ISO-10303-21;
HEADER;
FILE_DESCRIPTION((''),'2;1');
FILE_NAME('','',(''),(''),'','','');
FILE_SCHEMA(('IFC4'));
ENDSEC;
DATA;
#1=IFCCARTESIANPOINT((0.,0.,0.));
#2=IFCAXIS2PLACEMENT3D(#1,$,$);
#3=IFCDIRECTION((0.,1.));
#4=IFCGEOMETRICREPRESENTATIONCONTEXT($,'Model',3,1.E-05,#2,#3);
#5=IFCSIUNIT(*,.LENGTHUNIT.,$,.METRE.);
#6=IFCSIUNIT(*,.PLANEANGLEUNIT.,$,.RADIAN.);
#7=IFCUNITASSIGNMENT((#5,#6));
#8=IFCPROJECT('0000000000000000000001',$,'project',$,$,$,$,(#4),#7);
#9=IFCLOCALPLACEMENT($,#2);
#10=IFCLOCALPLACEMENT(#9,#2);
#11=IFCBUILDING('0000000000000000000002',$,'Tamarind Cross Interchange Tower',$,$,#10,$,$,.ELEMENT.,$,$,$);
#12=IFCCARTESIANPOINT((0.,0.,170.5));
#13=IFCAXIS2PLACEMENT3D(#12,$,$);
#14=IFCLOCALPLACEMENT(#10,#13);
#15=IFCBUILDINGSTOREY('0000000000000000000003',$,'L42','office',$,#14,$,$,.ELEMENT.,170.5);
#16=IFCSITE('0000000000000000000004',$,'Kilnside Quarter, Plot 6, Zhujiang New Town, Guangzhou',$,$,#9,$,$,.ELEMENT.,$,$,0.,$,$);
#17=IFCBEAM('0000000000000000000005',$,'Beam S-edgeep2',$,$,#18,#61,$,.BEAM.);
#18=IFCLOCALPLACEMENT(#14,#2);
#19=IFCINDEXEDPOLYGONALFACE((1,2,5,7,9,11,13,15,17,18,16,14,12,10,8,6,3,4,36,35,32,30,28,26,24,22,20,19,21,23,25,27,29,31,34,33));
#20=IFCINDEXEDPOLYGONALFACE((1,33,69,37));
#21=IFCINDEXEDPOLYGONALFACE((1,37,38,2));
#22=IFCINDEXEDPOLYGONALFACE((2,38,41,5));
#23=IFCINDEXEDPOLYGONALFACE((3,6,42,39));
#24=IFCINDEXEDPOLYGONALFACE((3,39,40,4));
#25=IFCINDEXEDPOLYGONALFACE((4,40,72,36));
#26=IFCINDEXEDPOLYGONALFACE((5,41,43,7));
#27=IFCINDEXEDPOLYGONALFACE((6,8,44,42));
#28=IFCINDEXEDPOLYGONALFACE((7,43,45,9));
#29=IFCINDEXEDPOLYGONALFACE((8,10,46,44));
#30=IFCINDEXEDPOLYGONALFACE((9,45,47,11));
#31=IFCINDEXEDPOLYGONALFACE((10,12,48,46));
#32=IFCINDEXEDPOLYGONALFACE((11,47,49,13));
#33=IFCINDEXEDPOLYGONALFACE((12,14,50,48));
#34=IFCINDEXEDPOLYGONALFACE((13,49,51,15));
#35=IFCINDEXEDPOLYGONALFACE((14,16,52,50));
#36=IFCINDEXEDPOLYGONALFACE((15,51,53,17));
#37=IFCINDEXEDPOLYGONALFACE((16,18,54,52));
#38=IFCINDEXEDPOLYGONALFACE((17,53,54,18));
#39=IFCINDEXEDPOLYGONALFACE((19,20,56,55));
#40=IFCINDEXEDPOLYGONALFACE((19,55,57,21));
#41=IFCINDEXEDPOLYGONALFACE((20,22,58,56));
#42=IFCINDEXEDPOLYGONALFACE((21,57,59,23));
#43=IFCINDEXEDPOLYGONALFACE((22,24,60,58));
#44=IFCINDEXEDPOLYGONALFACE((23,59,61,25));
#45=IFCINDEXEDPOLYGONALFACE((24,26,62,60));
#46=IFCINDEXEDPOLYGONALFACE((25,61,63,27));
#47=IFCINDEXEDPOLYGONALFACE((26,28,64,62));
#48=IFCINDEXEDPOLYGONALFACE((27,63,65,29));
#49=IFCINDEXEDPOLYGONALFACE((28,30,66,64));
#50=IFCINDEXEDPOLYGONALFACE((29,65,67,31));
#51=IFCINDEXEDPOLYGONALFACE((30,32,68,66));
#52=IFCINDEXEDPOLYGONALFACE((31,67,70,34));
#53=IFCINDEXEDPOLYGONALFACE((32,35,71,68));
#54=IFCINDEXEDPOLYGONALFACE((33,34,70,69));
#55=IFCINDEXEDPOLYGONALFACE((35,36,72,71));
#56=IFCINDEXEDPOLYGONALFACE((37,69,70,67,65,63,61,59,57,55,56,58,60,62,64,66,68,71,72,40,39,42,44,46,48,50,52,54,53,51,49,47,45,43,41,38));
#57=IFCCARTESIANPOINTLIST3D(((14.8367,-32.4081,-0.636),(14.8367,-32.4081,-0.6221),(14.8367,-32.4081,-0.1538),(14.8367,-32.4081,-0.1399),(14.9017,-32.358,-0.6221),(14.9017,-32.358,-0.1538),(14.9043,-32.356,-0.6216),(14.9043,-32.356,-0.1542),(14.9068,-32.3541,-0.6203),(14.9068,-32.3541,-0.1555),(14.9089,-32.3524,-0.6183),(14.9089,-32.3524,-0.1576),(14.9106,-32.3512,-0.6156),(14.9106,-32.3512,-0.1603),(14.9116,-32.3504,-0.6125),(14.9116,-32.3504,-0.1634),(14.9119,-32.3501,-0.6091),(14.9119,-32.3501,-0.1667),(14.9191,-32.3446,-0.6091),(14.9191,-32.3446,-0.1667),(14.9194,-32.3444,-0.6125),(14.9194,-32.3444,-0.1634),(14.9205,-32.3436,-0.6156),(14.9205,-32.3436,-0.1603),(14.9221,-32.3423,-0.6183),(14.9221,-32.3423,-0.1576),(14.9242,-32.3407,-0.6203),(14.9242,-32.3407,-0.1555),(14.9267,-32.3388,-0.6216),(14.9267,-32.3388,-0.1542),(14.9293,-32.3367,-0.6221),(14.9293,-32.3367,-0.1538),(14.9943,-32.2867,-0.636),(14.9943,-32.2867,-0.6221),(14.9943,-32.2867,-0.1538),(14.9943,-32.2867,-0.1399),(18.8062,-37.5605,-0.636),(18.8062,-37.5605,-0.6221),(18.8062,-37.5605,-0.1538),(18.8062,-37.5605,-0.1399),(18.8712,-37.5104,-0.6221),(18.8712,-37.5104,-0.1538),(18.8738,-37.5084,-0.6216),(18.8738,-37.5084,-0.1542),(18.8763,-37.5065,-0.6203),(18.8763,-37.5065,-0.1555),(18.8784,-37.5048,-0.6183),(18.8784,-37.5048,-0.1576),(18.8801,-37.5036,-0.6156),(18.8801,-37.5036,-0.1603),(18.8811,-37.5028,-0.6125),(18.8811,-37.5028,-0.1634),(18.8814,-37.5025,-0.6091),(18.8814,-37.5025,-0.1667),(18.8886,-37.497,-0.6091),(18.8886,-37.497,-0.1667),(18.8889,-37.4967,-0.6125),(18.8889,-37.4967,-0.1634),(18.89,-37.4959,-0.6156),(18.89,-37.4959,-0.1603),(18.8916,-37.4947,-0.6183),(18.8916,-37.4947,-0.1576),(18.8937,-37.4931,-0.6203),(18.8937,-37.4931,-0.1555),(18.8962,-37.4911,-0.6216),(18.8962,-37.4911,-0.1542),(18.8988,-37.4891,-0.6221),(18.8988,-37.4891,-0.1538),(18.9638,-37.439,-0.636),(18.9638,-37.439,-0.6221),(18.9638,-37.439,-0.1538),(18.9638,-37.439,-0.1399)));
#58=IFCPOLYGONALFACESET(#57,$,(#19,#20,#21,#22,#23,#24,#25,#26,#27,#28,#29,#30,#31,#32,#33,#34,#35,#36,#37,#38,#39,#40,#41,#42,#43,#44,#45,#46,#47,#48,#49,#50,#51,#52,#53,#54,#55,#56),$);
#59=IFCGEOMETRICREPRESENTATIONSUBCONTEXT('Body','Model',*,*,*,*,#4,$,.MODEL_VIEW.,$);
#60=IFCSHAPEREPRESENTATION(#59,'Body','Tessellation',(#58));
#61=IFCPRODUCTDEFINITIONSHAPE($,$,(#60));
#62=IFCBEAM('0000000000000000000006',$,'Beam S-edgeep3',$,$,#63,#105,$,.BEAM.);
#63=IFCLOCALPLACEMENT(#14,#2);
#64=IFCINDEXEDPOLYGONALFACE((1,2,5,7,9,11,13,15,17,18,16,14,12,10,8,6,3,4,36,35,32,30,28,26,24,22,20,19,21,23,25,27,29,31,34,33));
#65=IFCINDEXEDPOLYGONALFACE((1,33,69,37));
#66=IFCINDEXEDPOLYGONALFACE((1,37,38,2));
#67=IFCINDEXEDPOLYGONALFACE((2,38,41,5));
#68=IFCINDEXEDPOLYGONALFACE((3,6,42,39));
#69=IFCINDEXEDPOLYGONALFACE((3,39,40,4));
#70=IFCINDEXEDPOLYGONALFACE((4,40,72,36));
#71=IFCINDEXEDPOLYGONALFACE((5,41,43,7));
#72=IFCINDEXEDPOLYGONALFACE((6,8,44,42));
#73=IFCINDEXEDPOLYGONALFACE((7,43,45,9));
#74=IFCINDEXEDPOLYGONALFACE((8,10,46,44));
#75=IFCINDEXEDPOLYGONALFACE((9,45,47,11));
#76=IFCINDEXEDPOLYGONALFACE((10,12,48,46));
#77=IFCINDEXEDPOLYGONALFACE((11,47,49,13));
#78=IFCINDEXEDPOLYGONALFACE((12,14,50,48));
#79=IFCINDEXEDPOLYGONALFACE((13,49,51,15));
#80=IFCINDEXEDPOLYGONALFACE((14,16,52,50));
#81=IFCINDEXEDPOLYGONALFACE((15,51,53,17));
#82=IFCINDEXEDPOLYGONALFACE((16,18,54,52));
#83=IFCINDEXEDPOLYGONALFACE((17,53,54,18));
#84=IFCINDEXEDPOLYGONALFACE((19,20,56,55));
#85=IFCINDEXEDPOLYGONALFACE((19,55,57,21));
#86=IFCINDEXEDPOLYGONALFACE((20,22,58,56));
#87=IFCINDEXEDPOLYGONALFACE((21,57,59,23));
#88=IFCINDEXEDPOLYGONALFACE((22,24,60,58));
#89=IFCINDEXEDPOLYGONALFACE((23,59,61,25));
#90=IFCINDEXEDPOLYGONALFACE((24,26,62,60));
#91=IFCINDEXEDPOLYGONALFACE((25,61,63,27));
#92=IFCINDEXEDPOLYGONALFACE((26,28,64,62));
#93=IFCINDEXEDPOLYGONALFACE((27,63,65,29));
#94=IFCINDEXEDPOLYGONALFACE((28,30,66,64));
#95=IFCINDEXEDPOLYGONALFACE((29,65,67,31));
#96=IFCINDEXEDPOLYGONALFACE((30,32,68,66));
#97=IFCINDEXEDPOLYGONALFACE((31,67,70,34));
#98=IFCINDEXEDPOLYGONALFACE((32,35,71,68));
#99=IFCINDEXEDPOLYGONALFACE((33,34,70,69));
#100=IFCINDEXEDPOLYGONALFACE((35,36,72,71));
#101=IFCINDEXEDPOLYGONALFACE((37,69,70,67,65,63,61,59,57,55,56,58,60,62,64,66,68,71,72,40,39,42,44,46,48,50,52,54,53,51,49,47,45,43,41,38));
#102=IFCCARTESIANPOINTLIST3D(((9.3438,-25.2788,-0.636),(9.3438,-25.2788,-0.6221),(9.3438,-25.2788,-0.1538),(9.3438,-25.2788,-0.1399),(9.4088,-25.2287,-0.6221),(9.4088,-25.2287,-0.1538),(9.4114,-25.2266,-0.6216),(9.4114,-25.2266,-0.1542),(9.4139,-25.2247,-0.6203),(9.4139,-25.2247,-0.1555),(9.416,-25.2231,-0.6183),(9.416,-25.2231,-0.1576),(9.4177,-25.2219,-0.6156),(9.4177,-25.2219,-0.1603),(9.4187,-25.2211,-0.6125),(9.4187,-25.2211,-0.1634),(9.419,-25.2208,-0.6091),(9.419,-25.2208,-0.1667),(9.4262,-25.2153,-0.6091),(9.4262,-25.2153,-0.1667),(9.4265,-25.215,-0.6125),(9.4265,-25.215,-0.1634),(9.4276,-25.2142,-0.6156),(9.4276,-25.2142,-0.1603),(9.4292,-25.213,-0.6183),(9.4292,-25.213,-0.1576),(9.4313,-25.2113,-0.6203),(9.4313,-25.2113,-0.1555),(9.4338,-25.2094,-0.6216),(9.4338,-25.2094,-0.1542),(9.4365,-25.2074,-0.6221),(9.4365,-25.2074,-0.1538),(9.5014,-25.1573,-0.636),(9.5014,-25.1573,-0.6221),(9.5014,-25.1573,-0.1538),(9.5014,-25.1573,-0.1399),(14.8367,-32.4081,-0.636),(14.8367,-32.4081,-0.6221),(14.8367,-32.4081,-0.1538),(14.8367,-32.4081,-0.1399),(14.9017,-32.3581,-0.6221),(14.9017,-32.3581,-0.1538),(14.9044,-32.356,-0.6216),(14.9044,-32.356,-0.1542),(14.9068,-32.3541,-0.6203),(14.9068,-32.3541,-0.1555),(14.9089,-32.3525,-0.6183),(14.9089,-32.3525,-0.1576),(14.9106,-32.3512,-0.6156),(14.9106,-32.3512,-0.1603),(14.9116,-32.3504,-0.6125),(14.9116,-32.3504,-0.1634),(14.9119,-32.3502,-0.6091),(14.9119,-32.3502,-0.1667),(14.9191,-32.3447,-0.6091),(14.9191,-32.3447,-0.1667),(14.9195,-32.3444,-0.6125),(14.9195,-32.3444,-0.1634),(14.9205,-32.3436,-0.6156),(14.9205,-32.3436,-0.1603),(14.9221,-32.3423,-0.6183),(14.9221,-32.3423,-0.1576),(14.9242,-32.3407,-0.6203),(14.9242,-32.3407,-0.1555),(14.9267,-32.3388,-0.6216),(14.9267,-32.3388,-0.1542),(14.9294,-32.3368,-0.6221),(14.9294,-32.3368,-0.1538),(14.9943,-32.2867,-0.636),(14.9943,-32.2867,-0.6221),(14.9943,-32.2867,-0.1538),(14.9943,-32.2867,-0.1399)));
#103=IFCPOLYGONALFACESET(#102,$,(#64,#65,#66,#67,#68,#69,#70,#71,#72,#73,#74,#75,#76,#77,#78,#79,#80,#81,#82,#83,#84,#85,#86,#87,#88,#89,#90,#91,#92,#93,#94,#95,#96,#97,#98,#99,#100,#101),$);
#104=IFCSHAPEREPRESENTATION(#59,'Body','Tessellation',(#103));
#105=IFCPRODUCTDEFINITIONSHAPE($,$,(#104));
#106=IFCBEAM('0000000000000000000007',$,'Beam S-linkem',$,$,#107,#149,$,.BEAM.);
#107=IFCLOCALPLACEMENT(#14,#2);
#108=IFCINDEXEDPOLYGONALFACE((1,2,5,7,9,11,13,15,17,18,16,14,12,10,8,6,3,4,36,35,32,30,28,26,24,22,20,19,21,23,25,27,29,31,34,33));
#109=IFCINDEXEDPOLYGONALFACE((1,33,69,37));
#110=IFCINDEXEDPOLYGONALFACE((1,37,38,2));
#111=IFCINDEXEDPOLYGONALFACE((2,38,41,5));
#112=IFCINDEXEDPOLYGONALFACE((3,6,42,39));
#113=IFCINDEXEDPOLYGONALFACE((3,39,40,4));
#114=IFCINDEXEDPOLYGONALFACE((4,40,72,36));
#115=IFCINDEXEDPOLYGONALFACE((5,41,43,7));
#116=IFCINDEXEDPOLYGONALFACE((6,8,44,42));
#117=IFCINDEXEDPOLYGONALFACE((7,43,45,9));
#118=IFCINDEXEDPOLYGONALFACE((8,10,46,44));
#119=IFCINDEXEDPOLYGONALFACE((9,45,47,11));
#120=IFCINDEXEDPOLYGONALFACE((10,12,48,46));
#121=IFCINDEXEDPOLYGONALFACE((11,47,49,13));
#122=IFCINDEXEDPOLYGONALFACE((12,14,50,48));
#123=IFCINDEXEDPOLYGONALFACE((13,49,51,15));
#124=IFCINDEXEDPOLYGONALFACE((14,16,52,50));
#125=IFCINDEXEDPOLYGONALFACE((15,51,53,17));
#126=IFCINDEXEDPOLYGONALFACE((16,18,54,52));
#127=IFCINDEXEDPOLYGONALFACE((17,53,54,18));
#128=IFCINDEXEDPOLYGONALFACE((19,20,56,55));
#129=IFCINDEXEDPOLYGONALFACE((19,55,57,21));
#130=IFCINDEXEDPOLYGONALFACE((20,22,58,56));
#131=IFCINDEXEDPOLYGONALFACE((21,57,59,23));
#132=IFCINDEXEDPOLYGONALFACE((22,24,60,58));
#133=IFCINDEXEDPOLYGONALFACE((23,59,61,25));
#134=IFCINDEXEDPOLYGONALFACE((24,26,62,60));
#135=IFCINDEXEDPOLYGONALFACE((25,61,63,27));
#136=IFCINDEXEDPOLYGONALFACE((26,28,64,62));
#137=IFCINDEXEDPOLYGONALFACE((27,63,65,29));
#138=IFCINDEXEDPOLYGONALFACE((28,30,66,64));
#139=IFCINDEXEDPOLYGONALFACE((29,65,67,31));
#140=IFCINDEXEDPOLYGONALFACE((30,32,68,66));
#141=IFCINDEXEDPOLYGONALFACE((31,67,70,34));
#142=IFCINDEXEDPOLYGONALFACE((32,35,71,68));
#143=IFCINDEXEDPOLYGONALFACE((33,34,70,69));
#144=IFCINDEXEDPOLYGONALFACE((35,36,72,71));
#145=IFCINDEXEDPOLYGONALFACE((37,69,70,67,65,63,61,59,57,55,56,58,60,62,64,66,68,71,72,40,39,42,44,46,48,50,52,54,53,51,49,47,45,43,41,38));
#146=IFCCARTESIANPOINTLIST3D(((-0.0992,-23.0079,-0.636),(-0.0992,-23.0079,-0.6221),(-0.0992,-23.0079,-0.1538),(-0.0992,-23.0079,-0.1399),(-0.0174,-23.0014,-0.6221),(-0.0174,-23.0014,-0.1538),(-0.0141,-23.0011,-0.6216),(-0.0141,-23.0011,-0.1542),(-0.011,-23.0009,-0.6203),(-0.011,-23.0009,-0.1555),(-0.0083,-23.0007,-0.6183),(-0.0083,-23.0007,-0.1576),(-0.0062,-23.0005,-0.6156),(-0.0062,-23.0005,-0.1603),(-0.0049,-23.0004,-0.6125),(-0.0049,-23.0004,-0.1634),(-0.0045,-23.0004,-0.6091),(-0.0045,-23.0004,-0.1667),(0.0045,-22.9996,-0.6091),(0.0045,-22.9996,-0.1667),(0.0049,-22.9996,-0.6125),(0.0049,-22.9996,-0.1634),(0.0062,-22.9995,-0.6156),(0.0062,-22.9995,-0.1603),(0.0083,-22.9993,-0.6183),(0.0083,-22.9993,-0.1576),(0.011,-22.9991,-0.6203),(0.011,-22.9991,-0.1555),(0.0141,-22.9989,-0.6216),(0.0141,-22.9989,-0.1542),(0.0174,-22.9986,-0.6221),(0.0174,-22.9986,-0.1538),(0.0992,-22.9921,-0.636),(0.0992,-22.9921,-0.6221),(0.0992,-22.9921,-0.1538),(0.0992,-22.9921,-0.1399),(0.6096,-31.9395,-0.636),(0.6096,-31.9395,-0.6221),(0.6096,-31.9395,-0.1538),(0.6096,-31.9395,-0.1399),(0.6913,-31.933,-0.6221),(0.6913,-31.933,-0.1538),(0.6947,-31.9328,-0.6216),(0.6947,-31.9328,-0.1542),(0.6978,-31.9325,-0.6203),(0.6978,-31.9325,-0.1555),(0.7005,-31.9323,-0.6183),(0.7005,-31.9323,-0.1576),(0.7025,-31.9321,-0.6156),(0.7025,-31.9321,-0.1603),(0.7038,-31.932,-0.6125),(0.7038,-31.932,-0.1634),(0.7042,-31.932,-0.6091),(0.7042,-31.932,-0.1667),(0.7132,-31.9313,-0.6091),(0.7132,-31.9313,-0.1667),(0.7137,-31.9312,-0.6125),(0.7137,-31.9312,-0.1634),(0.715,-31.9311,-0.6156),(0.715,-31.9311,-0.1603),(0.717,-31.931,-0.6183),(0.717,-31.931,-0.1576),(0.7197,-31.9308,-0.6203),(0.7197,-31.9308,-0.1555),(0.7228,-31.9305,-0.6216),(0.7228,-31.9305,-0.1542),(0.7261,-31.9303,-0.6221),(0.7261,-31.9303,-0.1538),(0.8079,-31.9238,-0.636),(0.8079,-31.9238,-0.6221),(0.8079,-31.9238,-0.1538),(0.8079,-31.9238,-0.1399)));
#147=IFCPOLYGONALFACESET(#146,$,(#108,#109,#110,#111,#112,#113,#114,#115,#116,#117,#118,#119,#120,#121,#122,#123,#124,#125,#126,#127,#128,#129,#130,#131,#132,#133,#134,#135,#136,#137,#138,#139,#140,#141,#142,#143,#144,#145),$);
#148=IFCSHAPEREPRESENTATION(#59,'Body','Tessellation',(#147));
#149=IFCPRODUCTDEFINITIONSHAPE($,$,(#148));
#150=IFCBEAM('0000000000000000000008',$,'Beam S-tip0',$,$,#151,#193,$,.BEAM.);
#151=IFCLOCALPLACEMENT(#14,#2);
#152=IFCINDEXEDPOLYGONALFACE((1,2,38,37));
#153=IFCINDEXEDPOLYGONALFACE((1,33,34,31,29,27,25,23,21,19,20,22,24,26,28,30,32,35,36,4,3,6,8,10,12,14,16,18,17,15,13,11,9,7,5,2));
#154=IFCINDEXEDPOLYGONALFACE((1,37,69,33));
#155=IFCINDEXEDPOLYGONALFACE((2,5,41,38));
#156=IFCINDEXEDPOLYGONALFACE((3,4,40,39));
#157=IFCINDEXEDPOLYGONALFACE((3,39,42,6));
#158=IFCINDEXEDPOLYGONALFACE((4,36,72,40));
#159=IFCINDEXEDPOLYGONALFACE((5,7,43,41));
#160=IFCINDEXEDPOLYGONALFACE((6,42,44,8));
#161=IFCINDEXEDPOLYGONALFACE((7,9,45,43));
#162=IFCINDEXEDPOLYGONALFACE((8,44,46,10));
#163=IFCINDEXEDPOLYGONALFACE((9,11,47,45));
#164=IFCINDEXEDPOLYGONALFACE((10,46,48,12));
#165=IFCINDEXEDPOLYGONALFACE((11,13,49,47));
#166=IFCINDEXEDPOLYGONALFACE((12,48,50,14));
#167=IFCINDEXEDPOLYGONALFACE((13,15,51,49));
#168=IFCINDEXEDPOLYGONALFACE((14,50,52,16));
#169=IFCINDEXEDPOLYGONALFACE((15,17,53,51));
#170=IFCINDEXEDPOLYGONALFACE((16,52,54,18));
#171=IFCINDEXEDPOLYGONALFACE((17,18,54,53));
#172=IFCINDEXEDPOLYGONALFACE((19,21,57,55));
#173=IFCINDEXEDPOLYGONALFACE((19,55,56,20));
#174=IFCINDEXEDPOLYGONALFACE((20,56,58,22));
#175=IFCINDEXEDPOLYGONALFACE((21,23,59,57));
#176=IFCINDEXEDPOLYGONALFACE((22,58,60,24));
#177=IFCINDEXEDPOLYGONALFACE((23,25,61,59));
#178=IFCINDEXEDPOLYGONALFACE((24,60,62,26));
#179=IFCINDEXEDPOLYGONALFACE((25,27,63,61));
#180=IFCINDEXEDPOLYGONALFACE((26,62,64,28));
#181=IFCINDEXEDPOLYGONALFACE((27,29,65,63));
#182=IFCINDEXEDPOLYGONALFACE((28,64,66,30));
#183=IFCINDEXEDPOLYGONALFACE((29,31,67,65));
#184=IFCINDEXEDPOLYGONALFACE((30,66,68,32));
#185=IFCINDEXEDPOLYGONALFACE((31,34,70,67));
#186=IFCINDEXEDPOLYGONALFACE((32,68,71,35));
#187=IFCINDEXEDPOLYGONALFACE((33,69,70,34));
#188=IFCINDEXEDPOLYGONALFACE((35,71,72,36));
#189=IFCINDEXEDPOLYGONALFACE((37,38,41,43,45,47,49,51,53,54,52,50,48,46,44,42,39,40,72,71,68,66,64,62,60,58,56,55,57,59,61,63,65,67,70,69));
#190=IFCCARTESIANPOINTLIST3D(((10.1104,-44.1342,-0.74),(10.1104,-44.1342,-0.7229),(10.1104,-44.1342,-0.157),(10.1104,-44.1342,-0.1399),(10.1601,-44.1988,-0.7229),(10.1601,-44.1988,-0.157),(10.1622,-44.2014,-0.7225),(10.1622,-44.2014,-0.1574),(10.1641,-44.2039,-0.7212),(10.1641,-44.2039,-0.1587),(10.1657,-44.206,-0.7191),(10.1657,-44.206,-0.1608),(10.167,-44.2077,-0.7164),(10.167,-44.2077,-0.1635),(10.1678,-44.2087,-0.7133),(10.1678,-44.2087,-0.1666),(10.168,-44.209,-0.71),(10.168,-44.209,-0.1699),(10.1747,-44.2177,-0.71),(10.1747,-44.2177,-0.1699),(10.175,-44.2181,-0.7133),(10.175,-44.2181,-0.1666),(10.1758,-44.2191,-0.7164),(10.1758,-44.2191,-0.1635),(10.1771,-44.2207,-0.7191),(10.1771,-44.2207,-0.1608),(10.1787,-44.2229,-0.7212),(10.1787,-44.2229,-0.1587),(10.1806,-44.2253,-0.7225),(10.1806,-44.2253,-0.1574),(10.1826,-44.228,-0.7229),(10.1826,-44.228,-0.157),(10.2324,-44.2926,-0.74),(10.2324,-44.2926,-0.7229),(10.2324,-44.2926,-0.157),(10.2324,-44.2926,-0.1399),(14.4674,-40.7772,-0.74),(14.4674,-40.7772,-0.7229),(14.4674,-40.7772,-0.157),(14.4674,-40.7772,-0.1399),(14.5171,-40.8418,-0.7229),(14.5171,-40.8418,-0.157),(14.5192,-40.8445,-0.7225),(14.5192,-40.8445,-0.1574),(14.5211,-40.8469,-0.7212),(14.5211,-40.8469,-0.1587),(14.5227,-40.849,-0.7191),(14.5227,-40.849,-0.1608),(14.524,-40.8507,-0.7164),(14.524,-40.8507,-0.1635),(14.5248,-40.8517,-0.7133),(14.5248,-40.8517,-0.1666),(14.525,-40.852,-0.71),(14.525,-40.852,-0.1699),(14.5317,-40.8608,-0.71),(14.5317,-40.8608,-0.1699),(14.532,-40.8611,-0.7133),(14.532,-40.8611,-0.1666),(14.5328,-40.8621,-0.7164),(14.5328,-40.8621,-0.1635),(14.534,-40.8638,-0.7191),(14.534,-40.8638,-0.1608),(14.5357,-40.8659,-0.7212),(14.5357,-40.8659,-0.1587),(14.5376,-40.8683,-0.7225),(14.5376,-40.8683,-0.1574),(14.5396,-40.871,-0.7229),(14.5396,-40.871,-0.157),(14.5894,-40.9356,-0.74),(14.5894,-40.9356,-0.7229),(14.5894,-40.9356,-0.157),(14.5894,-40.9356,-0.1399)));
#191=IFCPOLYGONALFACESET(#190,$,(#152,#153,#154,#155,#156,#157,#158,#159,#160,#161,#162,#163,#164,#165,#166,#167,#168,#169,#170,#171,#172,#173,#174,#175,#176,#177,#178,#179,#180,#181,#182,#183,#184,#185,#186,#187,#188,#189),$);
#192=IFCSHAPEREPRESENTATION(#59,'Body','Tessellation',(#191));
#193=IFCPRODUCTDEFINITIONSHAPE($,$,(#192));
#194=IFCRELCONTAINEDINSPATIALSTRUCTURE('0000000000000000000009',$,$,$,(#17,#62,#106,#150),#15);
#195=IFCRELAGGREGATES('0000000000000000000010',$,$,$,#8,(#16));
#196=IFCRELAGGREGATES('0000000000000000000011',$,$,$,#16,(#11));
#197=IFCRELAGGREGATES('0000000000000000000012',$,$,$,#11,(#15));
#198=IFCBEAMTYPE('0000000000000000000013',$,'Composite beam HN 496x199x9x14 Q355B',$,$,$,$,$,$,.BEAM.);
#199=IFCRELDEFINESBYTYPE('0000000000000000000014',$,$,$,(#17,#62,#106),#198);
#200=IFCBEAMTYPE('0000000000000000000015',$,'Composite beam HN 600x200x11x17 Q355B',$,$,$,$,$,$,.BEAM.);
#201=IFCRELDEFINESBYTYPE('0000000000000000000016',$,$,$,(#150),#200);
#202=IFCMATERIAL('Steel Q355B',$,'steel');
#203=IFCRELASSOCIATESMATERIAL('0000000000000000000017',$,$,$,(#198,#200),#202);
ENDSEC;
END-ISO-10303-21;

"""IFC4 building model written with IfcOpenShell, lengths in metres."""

from ifc_helpers import new_model, si_unit, direction, frame, origin, origin_2d, place, context, subcontext, project, spatial, i_section, extrude, material, material_profile, profile_set, type_object, element, save


model = new_model("IFC4")

# Units and contexts
model_context = context("Model", 3, precision=1e-05, world=origin(), true_north=direction((0.0, 1.0)))
body_context = subcontext(model_context, "Body", "Model", "MODEL_VIEW")
ifc_project = project(units=[si_unit("LENGTHUNIT", "METRE"), si_unit("PLANEANGLEUNIT", "RADIAN")], contexts=[model_context])

# Site, building, storey
site_placement = place(None, origin())
site = spatial("IfcSite", under=ifc_project, at=site_placement, Name="Kilnside Quarter, Plot 6, Zhujiang New Town, Guangzhou", CompositionType="ELEMENT", RefElevation=0.0)
building_placement = place(site_placement, origin())
building = spatial("IfcBuilding", under=site, at=building_placement, Name="Tamarind Cross Interchange Tower", CompositionType="ELEMENT")
storey_placement = place(building_placement, frame((0.0, 0.0, 170.5)))
storey = spatial("IfcBuildingStorey", under=building, at=storey_placement, Name="L42", Description="office", CompositionType="ELEMENT", Elevation=170.5)

# Beams
ifc_material_1 = material(Name="Steel Q355B", Category="steel")
ifc_material_profile_1 = material_profile(ifc_material_1, i_section(OverallWidth=0.199, OverallDepth=0.4961, WebThickness=0.009, FlangeThickness=0.0139, FilletRadius=0.0129, at=origin_2d()), Name="HN 496x199x9x14")
ifc_profile_set_1 = profile_set([ifc_material_profile_1], Name="Steel Q355B")
beam_type_1 = type_object("IfcBeamType", Name="Composite beam HN 496x199x9x14 Q355B", PredefinedType="BEAM", material=ifc_profile_set_1)
beam_1_placement = place(storey_placement, frame((18.885, -37.4998, -0.3879), z_axis=(-0.610304, 0.792167, 0.0), x_axis=(-0.792167, -0.610304, 0.0)))
element("IfcBeam", 1, at=beam_1_placement, inside=storey, type_object=beam_type_1, Name="Beam S-edgeep2", PredefinedType="BEAM", context=body_context, shape_type="SweptSolid", body=[
    extrude(i_section(OverallWidth=0.199, OverallDepth=0.4961, WebThickness=0.009, FlangeThickness=0.0139, FilletRadius=0.0129, at=origin_2d()), origin(), (0.0, 0.0, 1.0), 6.5042),
])
beam_2_placement = place(storey_placement, frame((14.9155, -32.3474, -0.3879), z_axis=(-0.610323, 0.792153, 0.0), x_axis=(-0.792153, -0.610323, 0.0)))
element("IfcBeam", 2, at=beam_2_placement, inside=storey, type_object=beam_type_1, Name="Beam S-edgeep3", PredefinedType="BEAM", context=body_context, shape_type="SweptSolid", body=[
    extrude(i_section(OverallWidth=0.199, OverallDepth=0.4961, WebThickness=0.009, FlangeThickness=0.0139, FilletRadius=0.0129, at=origin_2d()), origin(), (0.0, 0.0, 1.0), 9.0),
])
beam_3_placement = place(storey_placement, frame((0.7087, -31.9316, -0.3879), z_axis=(-0.079103, 0.996866, 0.0), x_axis=(-0.996866, -0.079103, 0.0)))
element("IfcBeam", 3, at=beam_3_placement, inside=storey, type_object=beam_type_1, Name="Beam S-linkem", PredefinedType="BEAM", context=body_context, shape_type="SweptSolid", body=[
    extrude(i_section(OverallWidth=0.199, OverallDepth=0.4961, WebThickness=0.009, FlangeThickness=0.0139, FilletRadius=0.0129, at=origin_2d()), origin(), (0.0, 0.0, 1.0), 8.9597),
])
ifc_material_profile_2 = material_profile(ifc_material_1, i_section(OverallWidth=0.2, OverallDepth=0.6001, WebThickness=0.011, FlangeThickness=0.0171, FilletRadius=0.0129, at=origin_2d()), Name="HN 600x200x11x17")
ifc_profile_set_2 = profile_set([ifc_material_profile_2], Name="Steel Q355B")
beam_type_2 = type_object("IfcBeamType", Name="Composite beam HN 600x200x11x17 Q355B", PredefinedType="BEAM", material=ifc_profile_set_2)
beam_4_placement = place(storey_placement, frame((10.1714, -44.2134, -0.4399), z_axis=(0.792145, 0.610333, 0.0), x_axis=(-0.610333, 0.792145, 0.0)))
element("IfcBeam", 4, at=beam_4_placement, inside=storey, type_object=beam_type_2, Name="Beam S-tip0", PredefinedType="BEAM", context=body_context, shape_type="SweptSolid", body=[
    extrude(i_section(OverallWidth=0.2, OverallDepth=0.6001, WebThickness=0.011, FlangeThickness=0.0171, FilletRadius=0.0129, at=origin_2d()), origin(), (0.0, 0.0, 1.0), 5.5002),
])

save(model, "model.ifc")
